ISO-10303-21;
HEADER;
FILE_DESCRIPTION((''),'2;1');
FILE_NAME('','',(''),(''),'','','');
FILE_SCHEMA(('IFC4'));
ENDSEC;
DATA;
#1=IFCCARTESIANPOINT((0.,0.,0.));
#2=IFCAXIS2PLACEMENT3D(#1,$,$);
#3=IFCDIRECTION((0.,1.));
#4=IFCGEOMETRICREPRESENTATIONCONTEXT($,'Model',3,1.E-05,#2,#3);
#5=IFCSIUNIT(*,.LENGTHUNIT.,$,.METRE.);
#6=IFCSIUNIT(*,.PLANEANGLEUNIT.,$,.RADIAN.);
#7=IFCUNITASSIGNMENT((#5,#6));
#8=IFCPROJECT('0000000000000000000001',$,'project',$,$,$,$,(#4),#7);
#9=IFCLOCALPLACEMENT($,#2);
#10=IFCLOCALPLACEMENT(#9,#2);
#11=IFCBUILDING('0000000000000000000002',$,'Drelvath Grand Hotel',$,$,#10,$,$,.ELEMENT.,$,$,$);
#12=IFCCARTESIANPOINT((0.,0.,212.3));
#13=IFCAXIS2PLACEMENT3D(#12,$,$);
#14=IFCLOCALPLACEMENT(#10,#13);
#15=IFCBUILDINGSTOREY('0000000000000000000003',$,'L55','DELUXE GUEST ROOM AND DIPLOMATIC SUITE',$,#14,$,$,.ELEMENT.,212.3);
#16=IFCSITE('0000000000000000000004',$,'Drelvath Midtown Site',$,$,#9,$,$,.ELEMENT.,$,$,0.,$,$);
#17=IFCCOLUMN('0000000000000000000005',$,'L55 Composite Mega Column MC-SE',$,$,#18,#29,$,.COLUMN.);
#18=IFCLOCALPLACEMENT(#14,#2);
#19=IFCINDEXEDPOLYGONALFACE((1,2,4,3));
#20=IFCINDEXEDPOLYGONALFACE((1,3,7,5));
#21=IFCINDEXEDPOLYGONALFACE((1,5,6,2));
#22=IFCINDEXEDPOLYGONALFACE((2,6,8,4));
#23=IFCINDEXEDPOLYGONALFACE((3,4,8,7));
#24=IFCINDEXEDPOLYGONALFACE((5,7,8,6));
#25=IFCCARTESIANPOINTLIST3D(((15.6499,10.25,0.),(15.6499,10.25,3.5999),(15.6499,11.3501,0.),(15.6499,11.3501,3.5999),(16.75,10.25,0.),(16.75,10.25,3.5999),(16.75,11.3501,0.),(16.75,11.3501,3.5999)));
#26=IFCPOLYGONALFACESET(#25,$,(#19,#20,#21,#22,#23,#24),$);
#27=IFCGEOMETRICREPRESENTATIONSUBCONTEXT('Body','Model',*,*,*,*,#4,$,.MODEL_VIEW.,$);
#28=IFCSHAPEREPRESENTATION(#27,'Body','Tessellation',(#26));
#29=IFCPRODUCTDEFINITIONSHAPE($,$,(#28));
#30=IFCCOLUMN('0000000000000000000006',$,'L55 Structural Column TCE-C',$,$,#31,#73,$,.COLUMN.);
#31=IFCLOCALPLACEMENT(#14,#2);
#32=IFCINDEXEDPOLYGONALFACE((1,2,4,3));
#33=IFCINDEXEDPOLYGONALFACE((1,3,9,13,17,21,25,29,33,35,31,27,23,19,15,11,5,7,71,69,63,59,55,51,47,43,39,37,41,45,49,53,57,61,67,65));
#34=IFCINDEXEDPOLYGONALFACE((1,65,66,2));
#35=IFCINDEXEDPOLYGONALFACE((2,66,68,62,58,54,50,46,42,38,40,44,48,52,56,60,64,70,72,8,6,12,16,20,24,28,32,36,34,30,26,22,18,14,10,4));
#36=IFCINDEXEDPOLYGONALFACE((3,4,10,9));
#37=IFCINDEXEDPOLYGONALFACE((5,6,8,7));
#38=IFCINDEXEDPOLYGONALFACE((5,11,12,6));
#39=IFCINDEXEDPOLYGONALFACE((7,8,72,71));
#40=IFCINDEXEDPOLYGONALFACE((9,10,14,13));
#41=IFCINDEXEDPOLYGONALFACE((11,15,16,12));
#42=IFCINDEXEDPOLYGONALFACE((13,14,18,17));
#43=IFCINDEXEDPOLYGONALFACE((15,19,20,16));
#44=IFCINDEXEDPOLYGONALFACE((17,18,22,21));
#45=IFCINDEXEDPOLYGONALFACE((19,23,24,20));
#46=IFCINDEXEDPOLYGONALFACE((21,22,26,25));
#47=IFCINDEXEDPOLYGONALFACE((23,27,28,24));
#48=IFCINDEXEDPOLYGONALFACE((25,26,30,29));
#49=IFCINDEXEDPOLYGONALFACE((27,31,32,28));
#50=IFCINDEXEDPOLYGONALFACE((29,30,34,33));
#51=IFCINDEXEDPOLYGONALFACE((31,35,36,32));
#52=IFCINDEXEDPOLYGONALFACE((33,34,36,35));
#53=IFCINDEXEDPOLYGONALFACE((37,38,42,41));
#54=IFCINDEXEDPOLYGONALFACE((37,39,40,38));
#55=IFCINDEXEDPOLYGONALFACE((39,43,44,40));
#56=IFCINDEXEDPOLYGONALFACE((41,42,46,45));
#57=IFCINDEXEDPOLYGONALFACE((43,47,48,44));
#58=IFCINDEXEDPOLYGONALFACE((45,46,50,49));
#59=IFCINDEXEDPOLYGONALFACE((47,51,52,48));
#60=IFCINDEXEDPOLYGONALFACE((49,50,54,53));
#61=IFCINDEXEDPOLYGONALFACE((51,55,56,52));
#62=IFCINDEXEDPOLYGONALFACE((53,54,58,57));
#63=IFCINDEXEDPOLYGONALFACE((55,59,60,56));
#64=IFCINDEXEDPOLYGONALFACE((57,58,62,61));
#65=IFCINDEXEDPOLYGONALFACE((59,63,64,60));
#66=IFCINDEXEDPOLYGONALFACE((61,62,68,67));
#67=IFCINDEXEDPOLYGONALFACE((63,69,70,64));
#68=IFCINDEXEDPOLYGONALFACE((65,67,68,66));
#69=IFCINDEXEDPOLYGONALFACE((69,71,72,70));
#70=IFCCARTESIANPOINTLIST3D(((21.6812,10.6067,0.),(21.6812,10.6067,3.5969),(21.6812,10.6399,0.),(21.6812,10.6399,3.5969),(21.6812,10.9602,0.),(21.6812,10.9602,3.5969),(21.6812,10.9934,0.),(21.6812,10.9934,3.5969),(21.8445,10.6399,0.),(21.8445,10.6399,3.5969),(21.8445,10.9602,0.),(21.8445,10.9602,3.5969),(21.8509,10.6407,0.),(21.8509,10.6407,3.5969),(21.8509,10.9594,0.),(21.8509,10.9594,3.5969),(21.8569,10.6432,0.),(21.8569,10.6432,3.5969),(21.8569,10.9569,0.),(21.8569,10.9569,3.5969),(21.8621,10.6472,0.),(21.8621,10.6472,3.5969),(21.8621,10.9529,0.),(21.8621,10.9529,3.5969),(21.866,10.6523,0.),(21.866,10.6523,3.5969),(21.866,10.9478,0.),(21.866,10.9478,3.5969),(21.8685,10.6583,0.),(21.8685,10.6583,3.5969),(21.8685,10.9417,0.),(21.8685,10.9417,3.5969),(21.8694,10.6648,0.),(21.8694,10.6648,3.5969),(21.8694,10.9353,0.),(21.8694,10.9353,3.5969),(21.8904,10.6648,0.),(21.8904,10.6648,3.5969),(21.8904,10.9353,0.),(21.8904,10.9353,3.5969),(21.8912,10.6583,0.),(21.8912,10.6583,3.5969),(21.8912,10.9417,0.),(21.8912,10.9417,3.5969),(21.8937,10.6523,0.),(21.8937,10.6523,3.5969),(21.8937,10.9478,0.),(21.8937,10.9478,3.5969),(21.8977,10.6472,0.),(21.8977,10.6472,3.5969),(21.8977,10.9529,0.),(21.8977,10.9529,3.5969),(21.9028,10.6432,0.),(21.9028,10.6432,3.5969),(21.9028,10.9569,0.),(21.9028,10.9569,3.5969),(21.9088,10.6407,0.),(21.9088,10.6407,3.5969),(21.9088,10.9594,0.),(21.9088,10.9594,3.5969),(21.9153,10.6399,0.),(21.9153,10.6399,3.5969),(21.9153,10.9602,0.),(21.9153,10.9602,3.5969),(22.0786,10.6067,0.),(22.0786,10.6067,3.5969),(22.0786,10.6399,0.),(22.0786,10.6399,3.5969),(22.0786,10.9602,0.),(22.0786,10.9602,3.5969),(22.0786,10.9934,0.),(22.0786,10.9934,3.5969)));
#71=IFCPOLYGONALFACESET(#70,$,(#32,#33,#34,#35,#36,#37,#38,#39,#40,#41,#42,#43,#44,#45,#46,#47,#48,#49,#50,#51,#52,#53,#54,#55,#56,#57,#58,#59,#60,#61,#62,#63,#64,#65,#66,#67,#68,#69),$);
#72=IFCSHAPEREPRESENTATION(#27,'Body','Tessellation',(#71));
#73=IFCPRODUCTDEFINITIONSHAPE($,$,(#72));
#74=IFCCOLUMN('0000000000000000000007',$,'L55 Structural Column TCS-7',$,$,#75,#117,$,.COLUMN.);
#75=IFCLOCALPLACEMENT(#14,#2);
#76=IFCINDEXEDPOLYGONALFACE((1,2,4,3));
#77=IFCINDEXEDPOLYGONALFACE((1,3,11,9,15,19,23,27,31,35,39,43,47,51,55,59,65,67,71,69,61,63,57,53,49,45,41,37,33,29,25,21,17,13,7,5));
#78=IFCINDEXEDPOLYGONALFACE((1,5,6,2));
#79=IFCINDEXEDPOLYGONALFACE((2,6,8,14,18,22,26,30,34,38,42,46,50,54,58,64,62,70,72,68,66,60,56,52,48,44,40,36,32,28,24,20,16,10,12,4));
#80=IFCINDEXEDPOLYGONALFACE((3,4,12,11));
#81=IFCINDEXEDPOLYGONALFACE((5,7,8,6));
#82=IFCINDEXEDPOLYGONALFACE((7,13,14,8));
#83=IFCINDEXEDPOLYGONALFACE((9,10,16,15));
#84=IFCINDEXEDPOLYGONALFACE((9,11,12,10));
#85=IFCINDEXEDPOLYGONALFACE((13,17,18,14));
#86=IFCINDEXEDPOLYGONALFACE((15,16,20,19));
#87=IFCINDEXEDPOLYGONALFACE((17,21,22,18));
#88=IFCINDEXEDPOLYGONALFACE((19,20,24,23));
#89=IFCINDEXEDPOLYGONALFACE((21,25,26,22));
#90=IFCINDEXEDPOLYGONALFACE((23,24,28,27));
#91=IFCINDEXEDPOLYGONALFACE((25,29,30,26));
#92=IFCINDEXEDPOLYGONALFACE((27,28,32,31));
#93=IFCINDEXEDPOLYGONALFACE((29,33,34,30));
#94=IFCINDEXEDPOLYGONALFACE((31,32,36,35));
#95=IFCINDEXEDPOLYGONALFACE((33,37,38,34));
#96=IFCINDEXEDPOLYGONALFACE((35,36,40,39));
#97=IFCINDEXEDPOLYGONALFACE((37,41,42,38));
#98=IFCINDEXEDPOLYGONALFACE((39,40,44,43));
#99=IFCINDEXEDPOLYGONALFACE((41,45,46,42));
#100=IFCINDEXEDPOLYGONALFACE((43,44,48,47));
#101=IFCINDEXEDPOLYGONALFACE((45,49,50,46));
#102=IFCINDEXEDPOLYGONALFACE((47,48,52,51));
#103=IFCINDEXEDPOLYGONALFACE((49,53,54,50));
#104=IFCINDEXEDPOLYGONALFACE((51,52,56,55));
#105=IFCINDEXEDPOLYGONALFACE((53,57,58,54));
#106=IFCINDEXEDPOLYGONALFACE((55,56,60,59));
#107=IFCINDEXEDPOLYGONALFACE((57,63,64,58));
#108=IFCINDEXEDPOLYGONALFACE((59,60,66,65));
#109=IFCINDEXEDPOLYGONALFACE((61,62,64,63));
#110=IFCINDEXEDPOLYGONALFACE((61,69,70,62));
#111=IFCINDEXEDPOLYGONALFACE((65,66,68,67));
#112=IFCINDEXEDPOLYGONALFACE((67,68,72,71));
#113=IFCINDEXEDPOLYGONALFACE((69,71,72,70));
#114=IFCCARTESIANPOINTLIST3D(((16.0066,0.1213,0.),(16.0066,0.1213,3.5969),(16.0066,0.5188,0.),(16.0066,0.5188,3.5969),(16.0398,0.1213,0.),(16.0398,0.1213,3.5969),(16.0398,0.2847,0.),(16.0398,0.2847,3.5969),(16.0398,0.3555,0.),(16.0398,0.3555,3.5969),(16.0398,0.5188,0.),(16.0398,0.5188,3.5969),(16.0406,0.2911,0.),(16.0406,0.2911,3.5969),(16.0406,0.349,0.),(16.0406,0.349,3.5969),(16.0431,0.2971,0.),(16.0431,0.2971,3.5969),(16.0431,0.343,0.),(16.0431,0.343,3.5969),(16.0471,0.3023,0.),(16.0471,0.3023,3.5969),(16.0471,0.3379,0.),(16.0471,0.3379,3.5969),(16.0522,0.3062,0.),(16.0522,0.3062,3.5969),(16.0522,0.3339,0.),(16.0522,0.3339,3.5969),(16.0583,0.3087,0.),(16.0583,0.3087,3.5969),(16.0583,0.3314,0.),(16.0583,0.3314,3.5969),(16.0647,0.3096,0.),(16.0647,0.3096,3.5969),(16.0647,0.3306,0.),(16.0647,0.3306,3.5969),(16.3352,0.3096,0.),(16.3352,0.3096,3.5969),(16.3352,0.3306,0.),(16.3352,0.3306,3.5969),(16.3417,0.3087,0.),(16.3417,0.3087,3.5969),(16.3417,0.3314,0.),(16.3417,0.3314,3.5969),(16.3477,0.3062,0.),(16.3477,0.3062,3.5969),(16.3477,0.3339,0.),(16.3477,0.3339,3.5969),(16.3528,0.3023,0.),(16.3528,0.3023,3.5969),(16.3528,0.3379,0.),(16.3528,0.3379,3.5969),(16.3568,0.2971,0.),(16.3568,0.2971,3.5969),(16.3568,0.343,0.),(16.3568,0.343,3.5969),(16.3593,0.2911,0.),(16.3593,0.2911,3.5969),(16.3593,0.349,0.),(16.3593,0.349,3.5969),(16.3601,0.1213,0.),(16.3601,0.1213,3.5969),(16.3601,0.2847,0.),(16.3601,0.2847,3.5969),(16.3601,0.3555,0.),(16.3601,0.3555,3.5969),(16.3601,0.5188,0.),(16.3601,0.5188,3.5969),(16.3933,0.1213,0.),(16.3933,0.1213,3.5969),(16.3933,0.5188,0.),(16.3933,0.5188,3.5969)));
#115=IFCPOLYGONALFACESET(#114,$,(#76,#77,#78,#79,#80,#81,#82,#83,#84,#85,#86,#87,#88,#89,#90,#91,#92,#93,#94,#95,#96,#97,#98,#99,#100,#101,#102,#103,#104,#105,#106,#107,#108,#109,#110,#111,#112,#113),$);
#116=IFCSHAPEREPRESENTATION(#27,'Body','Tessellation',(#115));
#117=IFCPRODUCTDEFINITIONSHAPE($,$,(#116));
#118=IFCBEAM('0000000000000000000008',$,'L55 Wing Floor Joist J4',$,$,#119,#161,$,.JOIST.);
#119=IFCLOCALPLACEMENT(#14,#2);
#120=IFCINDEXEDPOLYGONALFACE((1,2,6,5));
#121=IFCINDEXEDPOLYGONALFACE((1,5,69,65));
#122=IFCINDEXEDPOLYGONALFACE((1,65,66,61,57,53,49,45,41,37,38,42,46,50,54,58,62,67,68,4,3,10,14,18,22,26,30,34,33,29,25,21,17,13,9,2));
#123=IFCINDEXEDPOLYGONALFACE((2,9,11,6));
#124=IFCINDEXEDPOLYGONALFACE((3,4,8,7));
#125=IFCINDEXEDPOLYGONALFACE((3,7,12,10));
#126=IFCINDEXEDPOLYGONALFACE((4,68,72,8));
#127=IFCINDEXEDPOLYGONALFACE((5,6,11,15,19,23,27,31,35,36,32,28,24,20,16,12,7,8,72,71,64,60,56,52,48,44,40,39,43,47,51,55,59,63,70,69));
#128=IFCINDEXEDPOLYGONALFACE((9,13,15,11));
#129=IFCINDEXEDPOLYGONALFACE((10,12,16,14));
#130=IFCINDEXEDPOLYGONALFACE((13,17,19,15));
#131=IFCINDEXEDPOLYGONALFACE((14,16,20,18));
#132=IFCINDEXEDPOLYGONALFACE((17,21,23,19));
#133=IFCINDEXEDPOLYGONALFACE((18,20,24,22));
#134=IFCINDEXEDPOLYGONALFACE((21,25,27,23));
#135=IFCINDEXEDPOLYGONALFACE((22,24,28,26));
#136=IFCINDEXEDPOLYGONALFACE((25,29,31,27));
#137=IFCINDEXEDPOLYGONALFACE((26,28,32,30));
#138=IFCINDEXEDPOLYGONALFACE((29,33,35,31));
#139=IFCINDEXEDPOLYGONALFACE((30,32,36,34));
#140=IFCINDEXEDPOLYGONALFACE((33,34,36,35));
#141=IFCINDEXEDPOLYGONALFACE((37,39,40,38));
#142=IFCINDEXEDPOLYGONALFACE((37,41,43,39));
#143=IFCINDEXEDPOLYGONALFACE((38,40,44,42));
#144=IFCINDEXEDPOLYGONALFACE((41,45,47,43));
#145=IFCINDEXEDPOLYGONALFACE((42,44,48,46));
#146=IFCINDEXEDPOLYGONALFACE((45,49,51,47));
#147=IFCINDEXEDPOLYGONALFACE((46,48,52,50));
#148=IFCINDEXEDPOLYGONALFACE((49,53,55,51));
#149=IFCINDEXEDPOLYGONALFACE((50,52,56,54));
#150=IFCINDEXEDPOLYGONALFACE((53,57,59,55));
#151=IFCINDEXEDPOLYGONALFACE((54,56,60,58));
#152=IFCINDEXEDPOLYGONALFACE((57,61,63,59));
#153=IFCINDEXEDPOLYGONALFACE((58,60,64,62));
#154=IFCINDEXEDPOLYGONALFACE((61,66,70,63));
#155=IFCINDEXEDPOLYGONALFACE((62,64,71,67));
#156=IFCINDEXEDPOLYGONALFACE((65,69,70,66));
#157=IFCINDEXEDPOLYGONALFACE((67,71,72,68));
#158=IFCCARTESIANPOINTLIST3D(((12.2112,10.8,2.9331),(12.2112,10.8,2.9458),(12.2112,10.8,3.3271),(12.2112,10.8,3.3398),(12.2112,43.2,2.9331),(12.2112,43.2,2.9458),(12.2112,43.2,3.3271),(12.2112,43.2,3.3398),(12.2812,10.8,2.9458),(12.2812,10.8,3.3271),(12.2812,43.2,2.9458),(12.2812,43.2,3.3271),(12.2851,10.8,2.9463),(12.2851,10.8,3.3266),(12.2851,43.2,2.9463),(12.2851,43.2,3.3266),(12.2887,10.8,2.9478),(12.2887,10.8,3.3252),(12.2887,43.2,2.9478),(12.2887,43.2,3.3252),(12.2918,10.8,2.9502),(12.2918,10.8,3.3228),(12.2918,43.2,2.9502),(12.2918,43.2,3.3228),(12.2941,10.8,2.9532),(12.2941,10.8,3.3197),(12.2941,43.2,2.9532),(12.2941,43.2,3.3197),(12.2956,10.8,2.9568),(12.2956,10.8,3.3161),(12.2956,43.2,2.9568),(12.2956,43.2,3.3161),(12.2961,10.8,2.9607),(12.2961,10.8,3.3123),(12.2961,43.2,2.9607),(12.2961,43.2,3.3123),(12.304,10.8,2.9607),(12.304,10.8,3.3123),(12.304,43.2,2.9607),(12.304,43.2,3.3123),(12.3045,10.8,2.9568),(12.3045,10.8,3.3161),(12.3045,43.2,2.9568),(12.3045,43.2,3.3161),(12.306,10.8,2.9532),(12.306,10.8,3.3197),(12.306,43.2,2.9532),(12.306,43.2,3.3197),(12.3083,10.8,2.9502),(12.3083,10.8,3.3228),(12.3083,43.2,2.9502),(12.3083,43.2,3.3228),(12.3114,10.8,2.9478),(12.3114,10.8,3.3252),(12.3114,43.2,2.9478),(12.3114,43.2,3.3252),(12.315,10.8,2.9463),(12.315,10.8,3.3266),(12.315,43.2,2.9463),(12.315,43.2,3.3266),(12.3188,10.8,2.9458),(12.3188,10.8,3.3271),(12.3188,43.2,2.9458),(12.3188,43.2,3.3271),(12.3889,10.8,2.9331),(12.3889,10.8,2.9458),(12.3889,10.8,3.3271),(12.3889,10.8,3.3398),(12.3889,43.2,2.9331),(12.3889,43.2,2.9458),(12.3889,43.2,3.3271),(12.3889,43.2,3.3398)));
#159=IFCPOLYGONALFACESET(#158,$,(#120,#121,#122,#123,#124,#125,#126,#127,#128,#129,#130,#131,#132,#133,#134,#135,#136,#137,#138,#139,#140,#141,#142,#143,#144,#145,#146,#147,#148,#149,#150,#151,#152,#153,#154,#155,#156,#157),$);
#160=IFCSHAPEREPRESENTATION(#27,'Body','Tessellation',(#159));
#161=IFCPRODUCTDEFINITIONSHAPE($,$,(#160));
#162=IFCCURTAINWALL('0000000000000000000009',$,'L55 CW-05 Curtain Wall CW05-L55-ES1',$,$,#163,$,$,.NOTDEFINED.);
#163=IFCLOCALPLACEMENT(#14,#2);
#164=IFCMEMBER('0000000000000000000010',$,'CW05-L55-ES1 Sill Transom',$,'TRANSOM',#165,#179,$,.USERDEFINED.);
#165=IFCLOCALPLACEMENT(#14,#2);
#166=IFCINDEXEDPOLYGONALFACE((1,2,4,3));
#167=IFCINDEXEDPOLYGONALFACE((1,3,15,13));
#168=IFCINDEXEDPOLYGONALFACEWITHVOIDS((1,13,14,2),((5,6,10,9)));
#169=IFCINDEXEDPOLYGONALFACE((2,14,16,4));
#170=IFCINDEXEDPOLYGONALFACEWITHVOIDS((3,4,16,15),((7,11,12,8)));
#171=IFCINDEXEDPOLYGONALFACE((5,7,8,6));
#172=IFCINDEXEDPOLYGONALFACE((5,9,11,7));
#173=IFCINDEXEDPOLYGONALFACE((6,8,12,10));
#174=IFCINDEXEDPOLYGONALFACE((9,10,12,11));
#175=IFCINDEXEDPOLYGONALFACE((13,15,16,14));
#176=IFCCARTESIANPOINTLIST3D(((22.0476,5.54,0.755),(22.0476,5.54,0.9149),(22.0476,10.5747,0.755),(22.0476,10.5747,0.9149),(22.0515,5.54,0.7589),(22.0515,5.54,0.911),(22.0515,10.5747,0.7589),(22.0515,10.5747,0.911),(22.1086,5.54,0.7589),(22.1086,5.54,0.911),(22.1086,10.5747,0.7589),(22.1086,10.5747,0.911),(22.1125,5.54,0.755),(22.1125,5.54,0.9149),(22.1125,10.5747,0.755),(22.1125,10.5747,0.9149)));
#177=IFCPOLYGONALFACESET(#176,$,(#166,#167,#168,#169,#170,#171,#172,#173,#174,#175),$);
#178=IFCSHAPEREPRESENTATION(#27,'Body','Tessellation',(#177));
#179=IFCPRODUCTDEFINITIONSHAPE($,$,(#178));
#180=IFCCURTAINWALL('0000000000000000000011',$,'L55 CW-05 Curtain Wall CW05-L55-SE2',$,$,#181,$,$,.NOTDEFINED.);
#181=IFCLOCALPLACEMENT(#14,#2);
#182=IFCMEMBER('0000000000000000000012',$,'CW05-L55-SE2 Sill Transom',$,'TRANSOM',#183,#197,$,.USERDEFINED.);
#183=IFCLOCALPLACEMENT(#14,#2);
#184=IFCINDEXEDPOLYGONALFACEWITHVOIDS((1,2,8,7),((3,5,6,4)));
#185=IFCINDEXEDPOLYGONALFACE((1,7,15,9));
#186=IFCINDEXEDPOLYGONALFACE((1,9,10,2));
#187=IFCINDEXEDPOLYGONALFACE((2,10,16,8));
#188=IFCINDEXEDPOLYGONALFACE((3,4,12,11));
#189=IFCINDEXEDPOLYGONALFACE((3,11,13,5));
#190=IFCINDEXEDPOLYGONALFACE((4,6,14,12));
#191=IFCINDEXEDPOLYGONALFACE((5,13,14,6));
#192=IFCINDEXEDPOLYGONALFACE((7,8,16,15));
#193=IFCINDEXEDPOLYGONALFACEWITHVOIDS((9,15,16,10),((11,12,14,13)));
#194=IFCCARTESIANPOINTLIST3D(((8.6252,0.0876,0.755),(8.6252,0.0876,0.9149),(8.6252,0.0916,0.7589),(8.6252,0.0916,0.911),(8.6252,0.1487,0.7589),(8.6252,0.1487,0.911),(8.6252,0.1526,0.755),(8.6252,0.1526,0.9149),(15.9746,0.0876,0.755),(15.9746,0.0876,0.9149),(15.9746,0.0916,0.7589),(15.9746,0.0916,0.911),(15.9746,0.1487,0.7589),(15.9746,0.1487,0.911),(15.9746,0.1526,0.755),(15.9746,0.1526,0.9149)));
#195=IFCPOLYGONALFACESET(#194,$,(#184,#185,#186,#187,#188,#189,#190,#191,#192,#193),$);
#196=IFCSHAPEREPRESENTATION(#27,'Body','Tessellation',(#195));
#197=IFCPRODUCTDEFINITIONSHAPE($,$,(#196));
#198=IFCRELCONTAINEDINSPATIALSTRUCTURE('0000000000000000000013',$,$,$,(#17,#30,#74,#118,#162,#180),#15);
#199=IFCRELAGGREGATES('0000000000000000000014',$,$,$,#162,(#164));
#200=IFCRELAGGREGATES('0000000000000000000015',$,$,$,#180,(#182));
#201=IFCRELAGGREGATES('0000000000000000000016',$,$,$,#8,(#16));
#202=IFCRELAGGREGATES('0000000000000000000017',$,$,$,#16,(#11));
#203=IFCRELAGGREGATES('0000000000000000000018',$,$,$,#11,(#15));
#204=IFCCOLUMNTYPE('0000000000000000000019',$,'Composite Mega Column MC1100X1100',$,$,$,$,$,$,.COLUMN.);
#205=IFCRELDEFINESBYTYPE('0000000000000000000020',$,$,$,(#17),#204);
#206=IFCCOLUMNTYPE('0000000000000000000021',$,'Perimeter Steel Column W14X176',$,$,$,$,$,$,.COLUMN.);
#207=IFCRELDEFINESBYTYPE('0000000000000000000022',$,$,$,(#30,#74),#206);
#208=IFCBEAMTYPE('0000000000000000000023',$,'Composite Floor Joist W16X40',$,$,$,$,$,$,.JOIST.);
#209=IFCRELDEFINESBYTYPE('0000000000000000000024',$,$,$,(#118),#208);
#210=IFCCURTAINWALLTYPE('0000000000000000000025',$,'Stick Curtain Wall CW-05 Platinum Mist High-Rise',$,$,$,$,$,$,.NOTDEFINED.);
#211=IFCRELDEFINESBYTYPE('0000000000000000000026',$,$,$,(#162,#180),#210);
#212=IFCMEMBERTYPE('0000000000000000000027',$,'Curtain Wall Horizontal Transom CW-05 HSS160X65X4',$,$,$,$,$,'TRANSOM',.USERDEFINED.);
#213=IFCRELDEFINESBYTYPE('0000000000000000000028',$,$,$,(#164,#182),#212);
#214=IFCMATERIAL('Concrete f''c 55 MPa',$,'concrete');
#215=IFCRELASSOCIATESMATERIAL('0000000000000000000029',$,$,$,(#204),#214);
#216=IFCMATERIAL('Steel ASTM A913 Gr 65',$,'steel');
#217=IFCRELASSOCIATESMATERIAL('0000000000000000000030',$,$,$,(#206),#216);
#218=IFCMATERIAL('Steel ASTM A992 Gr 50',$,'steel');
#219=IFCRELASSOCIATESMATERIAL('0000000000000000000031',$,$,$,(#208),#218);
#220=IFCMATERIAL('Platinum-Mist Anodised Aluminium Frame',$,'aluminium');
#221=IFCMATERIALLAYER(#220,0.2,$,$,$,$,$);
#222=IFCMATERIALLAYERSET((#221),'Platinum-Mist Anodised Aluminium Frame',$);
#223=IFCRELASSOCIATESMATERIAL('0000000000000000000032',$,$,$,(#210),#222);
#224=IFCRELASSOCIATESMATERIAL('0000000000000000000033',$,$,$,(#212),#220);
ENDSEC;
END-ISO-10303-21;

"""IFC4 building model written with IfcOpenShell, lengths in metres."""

from ifc_helpers import new_model, si_unit, direction, frame, origin, origin_2d, place, context, subcontext, project, spatial, rectangle, hollow_rectangle, i_section, extrude, material, layer, layer_set, material_profile, profile_set, type_object, element, aggregate, save


model = new_model("IFC4")

# Units and contexts
model_context = context("Model", 3, precision=1e-05, world=origin(), true_north=direction((0.0, 1.0)))
body_context = subcontext(model_context, "Body", "Model", "MODEL_VIEW")
ifc_project = project(units=[si_unit("LENGTHUNIT", "METRE"), si_unit("PLANEANGLEUNIT", "RADIAN")], contexts=[model_context])

# Site, building, storey
site_placement = place(None, origin())
site = spatial("IfcSite", under=ifc_project, at=site_placement, Name="Drelvath Midtown Site", CompositionType="ELEMENT", RefElevation=0.0)
building_placement = place(site_placement, origin())
building = spatial("IfcBuilding", under=site, at=building_placement, Name="Drelvath Grand Hotel", CompositionType="ELEMENT")
storey_placement = place(building_placement, frame((0.0, 0.0, 212.3)))
storey = spatial("IfcBuildingStorey", under=building, at=storey_placement, Name="L55", Description="DELUXE GUEST ROOM AND DIPLOMATIC SUITE", CompositionType="ELEMENT", Elevation=212.3)

# Columns
ifc_material_1 = material(Name="Concrete f'c 55 MPa", Category="concrete")
ifc_material_profile_1 = material_profile(ifc_material_1, rectangle(XDim=1.1001, YDim=1.1001, at=origin_2d()), Name="MC1100X1100")
ifc_profile_set_1 = profile_set([ifc_material_profile_1], Name="Concrete f'c 55 MPa")
column_type_1 = type_object("IfcColumnType", Name="Composite Mega Column MC1100X1100", PredefinedType="COLUMN", material=ifc_profile_set_1)
column_placement = place(storey_placement, frame((16.2, 10.8, 0.0), z_axis=(0.0, 0.0, 1.0), x_axis=(1.0, 0.0, 0.0)))
element("IfcColumn", 1, at=column_placement, inside=storey, type_object=column_type_1, Name="L55 Composite Mega Column MC-SE", PredefinedType="COLUMN", context=body_context, shape_type="SweptSolid", body=[
    extrude(rectangle(XDim=1.1001, YDim=1.1001, at=origin_2d()), origin(), (0.0, 0.0, 1.0), 3.5999),
])
ifc_material_2 = material(Name="Steel ASTM A913 Gr 65", Category="steel")
ifc_material_profile_2 = material_profile(ifc_material_2, i_section(OverallWidth=0.3975, OverallDepth=0.3867, WebThickness=0.021, FlangeThickness=0.0332, FilletRadius=0.0249, at=origin_2d()), Name="W14X176")
ifc_profile_set_2 = profile_set([ifc_material_profile_2], Name="Steel ASTM A913 Gr 65")
column_type_2 = type_object("IfcColumnType", Name="Perimeter Steel Column W14X176", PredefinedType="COLUMN", material=ifc_profile_set_2)
for number, where, z_axis, x_axis, name in (
    (2, (21.8799, 10.8, 0.0), (0.0, 0.0, 1.0), (1.0, 0.0, 0.0), "L55 Structural Column TCE-C"),
    (3, (16.2, 0.3201, 0.0), (0.0, 0.0, 1.0), (0.0, 1.0, 0.0), "L55 Structural Column TCS-7"),
):
    element("IfcColumn", number, at=place(storey_placement, frame(where, z_axis=z_axis, x_axis=x_axis)), inside=storey, type_object=column_type_2, Name=name, PredefinedType="COLUMN", context=body_context, shape_type="SweptSolid", body=[
        extrude(i_section(OverallWidth=0.3975, OverallDepth=0.3867, WebThickness=0.021, FlangeThickness=0.0332, FilletRadius=0.0249, at=origin_2d()), origin(), (0.0, 0.0, 1.0), 3.5969),
    ])

# Beam
ifc_material_3 = material(Name="Steel ASTM A992 Gr 50", Category="steel")
ifc_material_profile_3 = material_profile(ifc_material_3, i_section(OverallWidth=0.1777, OverallDepth=0.4067, WebThickness=0.0078, FlangeThickness=0.0127, FilletRadius=0.0149, at=origin_2d()), Name="W16X40")
ifc_profile_set_3 = profile_set([ifc_material_profile_3], Name="Steel ASTM A992 Gr 50")
beam_type_1 = type_object("IfcBeamType", Name="Composite Floor Joist W16X40", PredefinedType="JOIST", material=ifc_profile_set_3)
beam_1_placement = place(storey_placement, frame((12.3, 10.8, 3.1365), z_axis=(0.0, 1.0, 0.0), x_axis=(-1.0, 0.0, 0.0)))
element("IfcBeam", 4, at=beam_1_placement, inside=storey, type_object=beam_type_1, Name="L55 Wing Floor Joist J4", PredefinedType="JOIST", context=body_context, shape_type="SweptSolid", body=[
    extrude(i_section(OverallWidth=0.1777, OverallDepth=0.4067, WebThickness=0.0078, FlangeThickness=0.0127, FilletRadius=0.0149, at=origin_2d()), origin(), (0.0, 0.0, 1.0), 32.3999),
])

# Curtain walls, members
ifc_material_4 = material(Name="Platinum-Mist Anodised Aluminium Frame", Category="aluminium")
ifc_layer_1 = layer(ifc_material_4, 0.2)
ifc_layer_set_1 = layer_set([ifc_layer_1], Name="Platinum-Mist Anodised Aluminium Frame")
curtain_wall_type = type_object("IfcCurtainWallType", Name="Stick Curtain Wall CW-05 Platinum Mist High-Rise", PredefinedType="NOTDEFINED", material=ifc_layer_set_1)
curtain_wall_1_placement = place(storey_placement, origin())
curtain_wall_1 = element("IfcCurtainWall", 5, at=curtain_wall_1_placement, inside=storey, type_object=curtain_wall_type, Name="L55 CW-05 Curtain Wall CW05-L55-ES1", PredefinedType="NOTDEFINED")
ifc_material_profile_4 = material_profile(ifc_material_4, hollow_rectangle(XDim=0.0649, YDim=0.1599, WallThickness=0.0039, at=origin_2d()), Name="HSS160X65X4")
ifc_profile_set_4 = profile_set([ifc_material_profile_4], Name="Platinum-Mist Anodised Aluminium Frame")
member_type_1 = type_object("IfcMemberType", Name="Curtain Wall Horizontal Transom CW-05 HSS160X65X4", ElementType="TRANSOM", PredefinedType="USERDEFINED", material=ifc_profile_set_4)
member_1_placement = place(storey_placement, frame((22.0801, 10.5747, 0.835), z_axis=(0.0, -1.0, 0.0), x_axis=(1.0, 0.0, 0.0)))
member_1 = element("IfcMember", 6, at=member_1_placement, type_object=member_type_1, Name="CW05-L55-ES1 Sill Transom", ObjectType="TRANSOM", PredefinedType="USERDEFINED", context=body_context, shape_type="SweptSolid", body=[
    extrude(hollow_rectangle(XDim=0.0649, YDim=0.1599, WallThickness=0.0039, at=origin_2d()), origin(), (0.0, 0.0, 1.0), 5.0347),
])
curtain_wall_2_placement = place(storey_placement, origin())
curtain_wall_2 = element("IfcCurtainWall", 7, at=curtain_wall_2_placement, inside=storey, type_object=curtain_wall_type, Name="L55 CW-05 Curtain Wall CW05-L55-SE2", PredefinedType="NOTDEFINED")
member_2_placement = place(storey_placement, frame((15.9746, 0.1201, 0.835), z_axis=(-1.0, 0.0, 0.0), x_axis=(0.0, -1.0, 0.0)))
member_2 = element("IfcMember", 8, at=member_2_placement, type_object=member_type_1, Name="CW05-L55-SE2 Sill Transom", ObjectType="TRANSOM", PredefinedType="USERDEFINED", context=body_context, shape_type="SweptSolid", body=[
    extrude(hollow_rectangle(XDim=0.0649, YDim=0.1599, WallThickness=0.0039, at=origin_2d()), origin(), (0.0, 0.0, 1.0), 7.3494),
])

aggregate(curtain_wall_1, [member_1])
aggregate(curtain_wall_2, [member_2])

save(model, "model.ifc")
